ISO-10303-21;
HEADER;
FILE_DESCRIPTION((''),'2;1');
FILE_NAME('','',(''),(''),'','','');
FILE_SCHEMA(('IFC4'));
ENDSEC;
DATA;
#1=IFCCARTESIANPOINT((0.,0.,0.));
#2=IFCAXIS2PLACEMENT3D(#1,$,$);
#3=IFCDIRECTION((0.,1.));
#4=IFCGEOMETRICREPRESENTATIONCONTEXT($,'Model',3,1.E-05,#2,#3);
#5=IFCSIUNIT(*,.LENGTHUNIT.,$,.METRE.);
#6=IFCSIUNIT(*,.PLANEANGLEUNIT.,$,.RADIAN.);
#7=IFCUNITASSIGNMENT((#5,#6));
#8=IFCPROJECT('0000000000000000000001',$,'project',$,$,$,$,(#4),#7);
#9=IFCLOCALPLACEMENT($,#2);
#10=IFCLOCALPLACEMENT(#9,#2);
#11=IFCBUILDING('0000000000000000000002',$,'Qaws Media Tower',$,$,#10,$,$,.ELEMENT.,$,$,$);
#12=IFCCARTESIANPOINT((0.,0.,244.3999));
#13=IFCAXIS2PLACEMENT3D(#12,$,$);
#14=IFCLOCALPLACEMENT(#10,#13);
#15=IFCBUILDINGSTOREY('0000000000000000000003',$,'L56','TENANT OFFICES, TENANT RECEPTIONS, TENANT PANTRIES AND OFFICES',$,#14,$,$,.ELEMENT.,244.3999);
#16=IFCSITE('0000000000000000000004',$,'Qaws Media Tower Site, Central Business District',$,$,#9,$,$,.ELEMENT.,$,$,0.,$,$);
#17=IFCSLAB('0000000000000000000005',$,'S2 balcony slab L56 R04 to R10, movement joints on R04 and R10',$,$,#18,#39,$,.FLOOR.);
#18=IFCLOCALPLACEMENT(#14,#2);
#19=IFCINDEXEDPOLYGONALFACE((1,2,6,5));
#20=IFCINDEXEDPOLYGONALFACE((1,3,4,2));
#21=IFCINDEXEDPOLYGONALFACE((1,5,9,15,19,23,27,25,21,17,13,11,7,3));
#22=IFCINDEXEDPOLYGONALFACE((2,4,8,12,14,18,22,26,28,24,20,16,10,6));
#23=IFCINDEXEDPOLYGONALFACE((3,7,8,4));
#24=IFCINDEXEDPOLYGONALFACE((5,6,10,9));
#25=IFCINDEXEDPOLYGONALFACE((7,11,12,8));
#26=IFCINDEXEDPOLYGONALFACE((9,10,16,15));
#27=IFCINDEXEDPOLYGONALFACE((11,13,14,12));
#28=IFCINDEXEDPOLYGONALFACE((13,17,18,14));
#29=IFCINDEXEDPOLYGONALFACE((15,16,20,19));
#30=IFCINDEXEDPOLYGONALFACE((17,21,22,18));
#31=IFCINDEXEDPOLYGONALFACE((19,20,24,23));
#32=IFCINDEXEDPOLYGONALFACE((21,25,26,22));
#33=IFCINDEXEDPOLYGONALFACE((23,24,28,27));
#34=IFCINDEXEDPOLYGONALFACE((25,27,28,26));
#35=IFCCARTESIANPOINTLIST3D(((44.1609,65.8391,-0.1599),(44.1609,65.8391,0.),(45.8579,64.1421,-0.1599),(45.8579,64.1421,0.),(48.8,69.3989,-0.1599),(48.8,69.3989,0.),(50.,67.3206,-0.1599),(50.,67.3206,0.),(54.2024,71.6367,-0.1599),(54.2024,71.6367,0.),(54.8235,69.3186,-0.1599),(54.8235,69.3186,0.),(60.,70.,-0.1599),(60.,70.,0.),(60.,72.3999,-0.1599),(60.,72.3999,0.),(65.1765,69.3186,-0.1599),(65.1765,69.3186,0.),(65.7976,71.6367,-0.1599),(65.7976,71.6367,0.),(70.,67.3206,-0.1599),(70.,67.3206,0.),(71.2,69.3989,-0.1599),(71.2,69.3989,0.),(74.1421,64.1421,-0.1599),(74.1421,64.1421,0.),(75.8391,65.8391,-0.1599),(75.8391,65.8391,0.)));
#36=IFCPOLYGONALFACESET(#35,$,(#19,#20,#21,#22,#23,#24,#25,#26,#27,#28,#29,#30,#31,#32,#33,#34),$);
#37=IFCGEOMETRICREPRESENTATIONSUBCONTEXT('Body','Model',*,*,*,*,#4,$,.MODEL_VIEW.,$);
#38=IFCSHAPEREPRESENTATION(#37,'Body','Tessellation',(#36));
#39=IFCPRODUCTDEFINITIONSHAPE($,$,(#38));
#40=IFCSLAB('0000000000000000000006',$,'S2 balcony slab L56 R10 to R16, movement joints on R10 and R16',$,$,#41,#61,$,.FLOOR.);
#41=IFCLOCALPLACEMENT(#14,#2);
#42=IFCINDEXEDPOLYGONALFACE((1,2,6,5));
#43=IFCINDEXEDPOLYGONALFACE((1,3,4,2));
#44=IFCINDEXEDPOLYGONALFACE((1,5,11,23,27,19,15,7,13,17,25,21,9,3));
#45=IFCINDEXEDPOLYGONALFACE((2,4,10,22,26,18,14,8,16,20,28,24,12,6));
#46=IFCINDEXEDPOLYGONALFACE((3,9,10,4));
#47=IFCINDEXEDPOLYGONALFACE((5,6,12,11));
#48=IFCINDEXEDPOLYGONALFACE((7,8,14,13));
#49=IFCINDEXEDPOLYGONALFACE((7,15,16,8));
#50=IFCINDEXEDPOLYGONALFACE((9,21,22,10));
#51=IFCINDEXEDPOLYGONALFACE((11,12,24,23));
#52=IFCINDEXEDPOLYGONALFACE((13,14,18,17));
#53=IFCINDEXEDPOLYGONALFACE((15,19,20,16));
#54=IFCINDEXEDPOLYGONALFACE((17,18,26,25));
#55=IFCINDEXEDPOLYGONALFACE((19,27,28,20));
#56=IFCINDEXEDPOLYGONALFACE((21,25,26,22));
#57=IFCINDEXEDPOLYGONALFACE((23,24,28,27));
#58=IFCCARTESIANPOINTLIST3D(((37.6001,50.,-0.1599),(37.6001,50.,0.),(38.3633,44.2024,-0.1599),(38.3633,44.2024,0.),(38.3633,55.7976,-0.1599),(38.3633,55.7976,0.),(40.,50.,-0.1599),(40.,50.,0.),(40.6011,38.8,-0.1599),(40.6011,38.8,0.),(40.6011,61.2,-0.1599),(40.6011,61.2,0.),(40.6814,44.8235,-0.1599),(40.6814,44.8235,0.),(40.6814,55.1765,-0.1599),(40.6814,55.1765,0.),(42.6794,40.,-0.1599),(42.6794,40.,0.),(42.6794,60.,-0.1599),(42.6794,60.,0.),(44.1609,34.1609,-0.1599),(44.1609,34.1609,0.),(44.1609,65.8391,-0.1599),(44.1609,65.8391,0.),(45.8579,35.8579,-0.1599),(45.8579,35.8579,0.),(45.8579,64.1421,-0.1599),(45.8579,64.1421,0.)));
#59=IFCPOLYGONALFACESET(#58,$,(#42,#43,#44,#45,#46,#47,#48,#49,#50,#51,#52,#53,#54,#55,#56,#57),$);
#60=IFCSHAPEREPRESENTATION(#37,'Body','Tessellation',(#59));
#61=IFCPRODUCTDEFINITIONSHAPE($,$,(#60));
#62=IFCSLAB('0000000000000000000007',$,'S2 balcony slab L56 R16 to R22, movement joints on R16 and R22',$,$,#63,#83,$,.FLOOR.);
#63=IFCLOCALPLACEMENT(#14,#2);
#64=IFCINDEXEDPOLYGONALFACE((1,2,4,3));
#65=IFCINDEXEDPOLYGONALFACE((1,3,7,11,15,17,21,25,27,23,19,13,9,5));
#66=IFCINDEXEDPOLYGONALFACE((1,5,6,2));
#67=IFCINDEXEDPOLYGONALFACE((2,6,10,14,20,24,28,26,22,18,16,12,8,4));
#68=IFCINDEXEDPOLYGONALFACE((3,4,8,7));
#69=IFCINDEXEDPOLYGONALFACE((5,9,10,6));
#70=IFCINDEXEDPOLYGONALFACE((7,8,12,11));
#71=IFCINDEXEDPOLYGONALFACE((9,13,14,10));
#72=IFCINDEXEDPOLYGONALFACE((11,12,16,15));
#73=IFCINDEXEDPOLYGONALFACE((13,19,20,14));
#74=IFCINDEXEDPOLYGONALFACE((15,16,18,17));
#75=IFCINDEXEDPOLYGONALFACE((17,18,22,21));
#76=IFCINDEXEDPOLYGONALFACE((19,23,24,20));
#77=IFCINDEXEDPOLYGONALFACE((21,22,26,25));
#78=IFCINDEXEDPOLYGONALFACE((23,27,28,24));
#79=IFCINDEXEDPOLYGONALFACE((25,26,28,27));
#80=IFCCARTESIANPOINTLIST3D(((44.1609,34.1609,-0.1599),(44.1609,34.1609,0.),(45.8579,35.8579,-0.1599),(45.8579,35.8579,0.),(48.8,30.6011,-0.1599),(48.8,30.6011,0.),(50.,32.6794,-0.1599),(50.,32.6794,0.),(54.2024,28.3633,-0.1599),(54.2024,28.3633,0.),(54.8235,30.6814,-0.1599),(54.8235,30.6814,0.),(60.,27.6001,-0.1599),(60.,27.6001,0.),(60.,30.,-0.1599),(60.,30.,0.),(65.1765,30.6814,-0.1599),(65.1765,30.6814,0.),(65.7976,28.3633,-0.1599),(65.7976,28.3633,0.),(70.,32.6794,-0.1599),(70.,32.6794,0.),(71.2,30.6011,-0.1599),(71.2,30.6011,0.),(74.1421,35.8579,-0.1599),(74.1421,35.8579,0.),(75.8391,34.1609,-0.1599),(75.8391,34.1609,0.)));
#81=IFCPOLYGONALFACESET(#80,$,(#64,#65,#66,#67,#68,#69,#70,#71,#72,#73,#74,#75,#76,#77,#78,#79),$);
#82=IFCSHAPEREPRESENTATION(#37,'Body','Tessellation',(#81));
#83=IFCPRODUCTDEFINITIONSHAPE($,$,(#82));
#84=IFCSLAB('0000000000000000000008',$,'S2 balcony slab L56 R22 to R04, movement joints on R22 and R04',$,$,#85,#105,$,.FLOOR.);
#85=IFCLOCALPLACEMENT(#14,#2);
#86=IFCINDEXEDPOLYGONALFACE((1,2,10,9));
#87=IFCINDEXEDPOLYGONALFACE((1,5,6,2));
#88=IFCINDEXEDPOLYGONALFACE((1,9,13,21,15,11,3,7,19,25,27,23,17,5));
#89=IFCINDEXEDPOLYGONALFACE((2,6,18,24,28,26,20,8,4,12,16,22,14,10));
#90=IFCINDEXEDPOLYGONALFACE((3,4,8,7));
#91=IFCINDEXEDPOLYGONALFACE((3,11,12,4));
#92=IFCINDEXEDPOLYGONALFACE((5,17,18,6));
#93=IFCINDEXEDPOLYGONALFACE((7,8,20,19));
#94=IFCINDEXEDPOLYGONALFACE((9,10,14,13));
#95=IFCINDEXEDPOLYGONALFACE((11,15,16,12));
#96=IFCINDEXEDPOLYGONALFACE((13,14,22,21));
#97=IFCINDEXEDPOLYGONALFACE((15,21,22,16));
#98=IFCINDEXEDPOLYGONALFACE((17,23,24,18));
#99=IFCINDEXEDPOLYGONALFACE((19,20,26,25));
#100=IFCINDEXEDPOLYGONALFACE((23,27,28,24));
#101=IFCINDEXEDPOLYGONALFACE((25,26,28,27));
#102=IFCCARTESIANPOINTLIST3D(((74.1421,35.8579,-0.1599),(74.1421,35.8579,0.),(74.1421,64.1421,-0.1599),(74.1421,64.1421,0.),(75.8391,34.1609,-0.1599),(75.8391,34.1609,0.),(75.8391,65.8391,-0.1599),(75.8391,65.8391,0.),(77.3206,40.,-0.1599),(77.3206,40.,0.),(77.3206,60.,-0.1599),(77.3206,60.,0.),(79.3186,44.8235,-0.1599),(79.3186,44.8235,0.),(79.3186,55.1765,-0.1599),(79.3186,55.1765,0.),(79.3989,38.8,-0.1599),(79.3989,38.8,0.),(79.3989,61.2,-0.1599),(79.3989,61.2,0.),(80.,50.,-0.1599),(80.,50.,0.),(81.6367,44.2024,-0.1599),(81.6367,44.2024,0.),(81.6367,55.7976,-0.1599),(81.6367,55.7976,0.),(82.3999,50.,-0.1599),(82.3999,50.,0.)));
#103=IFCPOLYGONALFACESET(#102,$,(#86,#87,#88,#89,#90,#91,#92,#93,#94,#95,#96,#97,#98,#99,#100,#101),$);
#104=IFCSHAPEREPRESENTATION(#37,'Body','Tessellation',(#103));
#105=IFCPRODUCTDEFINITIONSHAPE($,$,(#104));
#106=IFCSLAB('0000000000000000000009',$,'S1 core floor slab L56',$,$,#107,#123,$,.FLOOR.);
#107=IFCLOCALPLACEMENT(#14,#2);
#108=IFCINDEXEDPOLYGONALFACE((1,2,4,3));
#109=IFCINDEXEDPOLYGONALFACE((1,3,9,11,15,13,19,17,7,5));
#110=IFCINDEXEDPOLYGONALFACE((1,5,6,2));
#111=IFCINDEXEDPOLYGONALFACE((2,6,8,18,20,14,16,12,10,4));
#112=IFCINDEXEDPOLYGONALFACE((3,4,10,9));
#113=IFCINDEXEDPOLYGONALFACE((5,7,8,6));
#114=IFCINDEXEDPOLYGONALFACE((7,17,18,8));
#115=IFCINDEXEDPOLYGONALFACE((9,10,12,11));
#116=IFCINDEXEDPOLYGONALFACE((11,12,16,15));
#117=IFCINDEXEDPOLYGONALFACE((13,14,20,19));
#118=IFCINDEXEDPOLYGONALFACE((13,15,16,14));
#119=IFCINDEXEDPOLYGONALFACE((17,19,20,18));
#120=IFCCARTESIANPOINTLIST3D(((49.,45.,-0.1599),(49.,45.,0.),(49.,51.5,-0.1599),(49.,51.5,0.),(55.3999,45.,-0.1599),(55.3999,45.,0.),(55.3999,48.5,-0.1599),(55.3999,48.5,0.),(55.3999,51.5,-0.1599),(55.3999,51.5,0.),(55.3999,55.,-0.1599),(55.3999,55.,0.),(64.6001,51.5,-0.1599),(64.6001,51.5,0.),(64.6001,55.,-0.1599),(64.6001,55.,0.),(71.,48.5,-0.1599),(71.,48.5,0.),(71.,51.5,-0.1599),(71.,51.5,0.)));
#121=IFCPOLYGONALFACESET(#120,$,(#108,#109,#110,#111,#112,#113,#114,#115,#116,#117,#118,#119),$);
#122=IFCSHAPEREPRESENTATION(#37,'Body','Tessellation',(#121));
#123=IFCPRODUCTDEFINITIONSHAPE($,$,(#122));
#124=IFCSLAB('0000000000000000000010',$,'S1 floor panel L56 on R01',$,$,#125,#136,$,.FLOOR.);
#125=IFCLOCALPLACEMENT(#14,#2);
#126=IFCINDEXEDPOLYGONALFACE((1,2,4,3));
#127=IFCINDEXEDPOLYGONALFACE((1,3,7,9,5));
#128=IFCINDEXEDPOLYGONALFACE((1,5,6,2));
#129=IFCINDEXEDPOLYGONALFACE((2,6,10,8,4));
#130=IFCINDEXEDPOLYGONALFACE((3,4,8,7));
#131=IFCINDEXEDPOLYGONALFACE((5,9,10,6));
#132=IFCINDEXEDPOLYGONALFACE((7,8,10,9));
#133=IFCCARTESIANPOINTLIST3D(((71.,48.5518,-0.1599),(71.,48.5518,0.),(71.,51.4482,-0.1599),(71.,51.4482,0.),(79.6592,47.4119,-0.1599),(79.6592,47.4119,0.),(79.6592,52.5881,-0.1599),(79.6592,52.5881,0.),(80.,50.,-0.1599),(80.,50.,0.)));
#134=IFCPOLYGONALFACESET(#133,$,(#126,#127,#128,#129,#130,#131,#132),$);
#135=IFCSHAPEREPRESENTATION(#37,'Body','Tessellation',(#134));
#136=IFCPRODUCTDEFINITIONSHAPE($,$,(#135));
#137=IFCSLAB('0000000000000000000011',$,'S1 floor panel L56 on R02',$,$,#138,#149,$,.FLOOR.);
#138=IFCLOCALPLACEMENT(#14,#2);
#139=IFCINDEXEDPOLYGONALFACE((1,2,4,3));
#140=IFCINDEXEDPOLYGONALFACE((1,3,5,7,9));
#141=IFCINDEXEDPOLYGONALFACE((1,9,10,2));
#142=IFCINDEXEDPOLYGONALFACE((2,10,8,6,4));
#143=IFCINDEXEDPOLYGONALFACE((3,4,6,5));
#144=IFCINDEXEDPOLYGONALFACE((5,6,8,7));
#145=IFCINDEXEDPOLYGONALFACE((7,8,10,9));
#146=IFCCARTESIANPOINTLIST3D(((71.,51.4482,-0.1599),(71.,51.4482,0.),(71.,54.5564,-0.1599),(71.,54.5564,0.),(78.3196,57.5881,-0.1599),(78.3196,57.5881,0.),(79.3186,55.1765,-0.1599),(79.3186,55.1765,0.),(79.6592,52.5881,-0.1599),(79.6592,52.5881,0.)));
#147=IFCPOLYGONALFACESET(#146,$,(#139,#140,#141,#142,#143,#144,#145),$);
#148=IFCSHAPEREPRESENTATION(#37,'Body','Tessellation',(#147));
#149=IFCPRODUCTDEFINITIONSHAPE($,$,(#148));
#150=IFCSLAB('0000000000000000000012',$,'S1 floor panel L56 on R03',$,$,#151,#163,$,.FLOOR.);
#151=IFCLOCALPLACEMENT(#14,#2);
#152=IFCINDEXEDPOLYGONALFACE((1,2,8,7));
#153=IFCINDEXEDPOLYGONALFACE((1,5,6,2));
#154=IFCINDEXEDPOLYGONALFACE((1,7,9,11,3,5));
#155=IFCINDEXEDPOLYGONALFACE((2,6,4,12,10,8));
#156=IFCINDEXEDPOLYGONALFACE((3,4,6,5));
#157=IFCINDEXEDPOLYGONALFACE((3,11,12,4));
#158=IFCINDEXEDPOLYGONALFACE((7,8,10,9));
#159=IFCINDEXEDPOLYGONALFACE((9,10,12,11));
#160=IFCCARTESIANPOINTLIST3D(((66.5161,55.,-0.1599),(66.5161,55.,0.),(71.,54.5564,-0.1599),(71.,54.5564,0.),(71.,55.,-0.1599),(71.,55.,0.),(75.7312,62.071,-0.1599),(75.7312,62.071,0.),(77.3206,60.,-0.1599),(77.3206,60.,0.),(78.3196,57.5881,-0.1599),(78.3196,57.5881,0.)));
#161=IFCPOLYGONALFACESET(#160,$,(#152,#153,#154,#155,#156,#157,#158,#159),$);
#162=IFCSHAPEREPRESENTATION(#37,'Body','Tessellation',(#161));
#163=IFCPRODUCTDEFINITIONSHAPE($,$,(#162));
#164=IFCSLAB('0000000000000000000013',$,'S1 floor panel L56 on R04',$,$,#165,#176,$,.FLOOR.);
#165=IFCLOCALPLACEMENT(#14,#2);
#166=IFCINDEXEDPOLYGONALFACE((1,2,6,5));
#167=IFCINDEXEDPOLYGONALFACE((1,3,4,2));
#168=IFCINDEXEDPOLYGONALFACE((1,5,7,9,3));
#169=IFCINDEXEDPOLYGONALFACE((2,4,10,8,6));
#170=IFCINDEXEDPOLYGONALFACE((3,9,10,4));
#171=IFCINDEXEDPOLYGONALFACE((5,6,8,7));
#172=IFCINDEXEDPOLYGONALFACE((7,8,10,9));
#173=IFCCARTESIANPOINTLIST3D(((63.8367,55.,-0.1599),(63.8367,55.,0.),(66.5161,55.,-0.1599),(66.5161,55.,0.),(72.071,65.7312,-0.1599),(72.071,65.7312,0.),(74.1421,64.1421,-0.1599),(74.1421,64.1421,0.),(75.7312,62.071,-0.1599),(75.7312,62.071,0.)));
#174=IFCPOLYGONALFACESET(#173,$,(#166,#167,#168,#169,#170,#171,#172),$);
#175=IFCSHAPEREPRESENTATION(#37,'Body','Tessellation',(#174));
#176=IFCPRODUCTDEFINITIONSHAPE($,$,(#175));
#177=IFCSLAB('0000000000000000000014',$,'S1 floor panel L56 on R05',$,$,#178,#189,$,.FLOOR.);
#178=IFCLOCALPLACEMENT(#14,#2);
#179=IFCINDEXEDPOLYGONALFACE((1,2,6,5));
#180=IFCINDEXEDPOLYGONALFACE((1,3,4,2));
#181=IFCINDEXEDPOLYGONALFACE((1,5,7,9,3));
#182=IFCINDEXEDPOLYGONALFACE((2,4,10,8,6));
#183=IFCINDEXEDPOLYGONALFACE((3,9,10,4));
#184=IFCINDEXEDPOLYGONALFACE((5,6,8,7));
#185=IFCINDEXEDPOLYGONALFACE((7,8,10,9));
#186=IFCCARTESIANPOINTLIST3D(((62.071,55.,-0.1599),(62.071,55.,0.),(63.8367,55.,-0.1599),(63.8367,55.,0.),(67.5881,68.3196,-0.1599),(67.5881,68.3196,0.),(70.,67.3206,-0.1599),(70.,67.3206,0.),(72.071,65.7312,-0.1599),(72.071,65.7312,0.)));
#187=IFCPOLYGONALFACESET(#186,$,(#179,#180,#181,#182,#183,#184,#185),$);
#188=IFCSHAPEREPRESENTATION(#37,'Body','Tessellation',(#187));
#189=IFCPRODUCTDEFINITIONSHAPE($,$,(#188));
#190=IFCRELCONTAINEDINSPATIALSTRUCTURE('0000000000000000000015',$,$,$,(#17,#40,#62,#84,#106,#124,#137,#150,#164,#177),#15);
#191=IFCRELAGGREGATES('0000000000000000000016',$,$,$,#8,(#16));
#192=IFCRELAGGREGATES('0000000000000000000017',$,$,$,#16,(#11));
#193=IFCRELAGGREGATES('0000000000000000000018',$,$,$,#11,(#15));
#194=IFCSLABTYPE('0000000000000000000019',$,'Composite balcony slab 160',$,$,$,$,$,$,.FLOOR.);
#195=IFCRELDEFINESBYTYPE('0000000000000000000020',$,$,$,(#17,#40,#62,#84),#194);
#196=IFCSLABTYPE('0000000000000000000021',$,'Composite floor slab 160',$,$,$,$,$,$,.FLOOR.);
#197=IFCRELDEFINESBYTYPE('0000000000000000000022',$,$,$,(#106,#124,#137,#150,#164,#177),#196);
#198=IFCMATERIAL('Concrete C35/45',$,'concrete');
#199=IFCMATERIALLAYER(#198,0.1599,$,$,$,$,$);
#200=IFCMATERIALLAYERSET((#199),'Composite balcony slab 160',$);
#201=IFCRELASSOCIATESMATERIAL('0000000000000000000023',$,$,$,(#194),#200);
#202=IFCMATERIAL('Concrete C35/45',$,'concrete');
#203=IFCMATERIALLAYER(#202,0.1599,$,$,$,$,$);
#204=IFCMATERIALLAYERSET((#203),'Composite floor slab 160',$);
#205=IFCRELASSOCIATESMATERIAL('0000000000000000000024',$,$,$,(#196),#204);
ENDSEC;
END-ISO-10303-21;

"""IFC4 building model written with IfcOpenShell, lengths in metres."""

from ifc_helpers import new_model, si_unit, direction, frame, origin, place, context, subcontext, project, spatial, polyline, outline, extrude, material, layer, layer_set, type_object, element, save


model = new_model("IFC4")

# Units and contexts
model_context = context("Model", 3, precision=1e-05, world=origin(), true_north=direction((0.0, 1.0)))
body_context = subcontext(model_context, "Body", "Model", "MODEL_VIEW")
ifc_project = project(units=[si_unit("LENGTHUNIT", "METRE"), si_unit("PLANEANGLEUNIT", "RADIAN")], contexts=[model_context])

# Site, building, storey
site_placement = place(None, origin())
site = spatial("IfcSite", under=ifc_project, at=site_placement, Name="Qaws Media Tower Site, Central Business District", CompositionType="ELEMENT", RefElevation=0.0)
building_placement = place(site_placement, origin())
building = spatial("IfcBuilding", under=site, at=building_placement, Name="Qaws Media Tower", CompositionType="ELEMENT")
storey_placement = place(building_placement, frame((0.0, 0.0, 244.3999)))
storey = spatial("IfcBuildingStorey", under=building, at=storey_placement, Name="L56", Description="TENANT OFFICES, TENANT RECEPTIONS, TENANT PANTRIES AND OFFICES", CompositionType="ELEMENT", Elevation=244.3999)

# Slabs
ifc_material_1 = material(Name="Concrete C35/45", Category="concrete")
ifc_layer_1 = layer(ifc_material_1, 0.1599)
ifc_layer_set_1 = layer_set([ifc_layer_1], Name="Composite balcony slab 160")
slab_type_1 = type_object("IfcSlabType", Name="Composite balcony slab 160", PredefinedType="FLOOR", material=ifc_layer_set_1)
slab_1_placement = place(storey_placement, frame((0.0, 0.0, -0.1599)))
element("IfcSlab", 1, at=slab_1_placement, inside=storey, type_object=slab_type_1, Name="S2 balcony slab L56 R04 to R10, movement joints on R04 and R10", PredefinedType="FLOOR", context=body_context, shape_type="SweptSolid", body=[
    extrude(outline(polyline([(48.8, 69.3989), (54.2024, 71.6367), (60.0, 72.3999), (65.7976, 71.6367), (71.2, 69.3989), (75.8391, 65.8391), (74.1421, 64.1421), (70.0, 67.3206), (65.1765, 69.3186), (60.0, 70.0), (54.8235, 69.3186), (50.0, 67.3206), (45.8579, 64.1421), (44.1609, 65.8391), (48.8, 69.3989)])), origin(), (0.0, 0.0, 1.0), 0.1599),
])
slab_2_placement = place(storey_placement, frame((0.0, 0.0, -0.1599)))
element("IfcSlab", 2, at=slab_2_placement, inside=storey, type_object=slab_type_1, Name="S2 balcony slab L56 R10 to R16, movement joints on R10 and R16", PredefinedType="FLOOR", context=body_context, shape_type="SweptSolid", body=[
    extrude(outline(polyline([(40.6011, 38.8), (38.3633, 44.2024), (37.6001, 50.0), (38.3633, 55.7976), (40.6011, 61.2), (44.1609, 65.8391), (45.8579, 64.1421), (42.6794, 60.0), (40.6814, 55.1765), (40.0, 50.0), (40.6814, 44.8235), (42.6794, 40.0), (45.8579, 35.8579), (44.1609, 34.1609), (40.6011, 38.8)])), origin(), (0.0, 0.0, 1.0), 0.1599),
])
slab_3_placement = place(storey_placement, frame((0.0, 0.0, -0.1599)))
element("IfcSlab", 3, at=slab_3_placement, inside=storey, type_object=slab_type_1, Name="S2 balcony slab L56 R16 to R22, movement joints on R16 and R22", PredefinedType="FLOOR", context=body_context, shape_type="SweptSolid", body=[
    extrude(outline(polyline([(71.2, 30.6011), (65.7976, 28.3633), (60.0, 27.6001), (54.2024, 28.3633), (48.8, 30.6011), (44.1609, 34.1609), (45.8579, 35.8579), (50.0, 32.6794), (54.8235, 30.6814), (60.0, 30.0), (65.1765, 30.6814), (70.0, 32.6794), (74.1421, 35.8579), (75.8391, 34.1609), (71.2, 30.6011)])), origin(), (0.0, 0.0, 1.0), 0.1599),
])
slab_4_placement = place(storey_placement, frame((0.0, 0.0, -0.1599)))
element("IfcSlab", 4, at=slab_4_placement, inside=storey, type_object=slab_type_1, Name="S2 balcony slab L56 R22 to R04, movement joints on R22 and R04", PredefinedType="FLOOR", context=body_context, shape_type="SweptSolid", body=[
    extrude(outline(polyline([(79.3989, 38.8), (75.8391, 34.1609), (74.1421, 35.8579), (77.3206, 40.0), (79.3186, 44.8235), (80.0, 50.0), (79.3186, 55.1765), (77.3206, 60.0), (74.1421, 64.1421), (75.8391, 65.8391), (79.3989, 61.2), (81.6367, 55.7976), (82.3999, 50.0), (81.6367, 44.2024), (79.3989, 38.8)])), origin(), (0.0, 0.0, 1.0), 0.1599),
])
ifc_material_2 = material(Name="Concrete C35/45", Category="concrete")
ifc_layer_2 = layer(ifc_material_2, 0.1599)
ifc_layer_set_2 = layer_set([ifc_layer_2], Name="Composite floor slab 160")
slab_type_2 = type_object("IfcSlabType", Name="Composite floor slab 160", PredefinedType="FLOOR", material=ifc_layer_set_2)
slab_5_placement = place(storey_placement, frame((0.0, 0.0, -0.1599)))
element("IfcSlab", 5, at=slab_5_placement, inside=storey, type_object=slab_type_2, Name="S1 core floor slab L56", PredefinedType="FLOOR", context=body_context, shape_type="SweptSolid", body=[
    extrude(outline(polyline([(71.0, 51.5), (71.0, 48.5), (55.3999, 48.5), (55.3999, 45.0), (49.0, 45.0), (49.0, 51.5), (55.3999, 51.5), (55.3999, 55.0), (64.6001, 55.0), (64.6001, 51.5), (71.0, 51.5)])), origin(), (0.0, 0.0, 1.0), 0.1599),
])
slab_6_placement = place(storey_placement, frame((0.0, 0.0, -0.1599)))
element("IfcSlab", 6, at=slab_6_placement, inside=storey, type_object=slab_type_2, Name="S1 floor panel L56 on R01", PredefinedType="FLOOR", context=body_context, shape_type="SweptSolid", body=[
    extrude(outline(polyline([(80.0, 50.0), (79.6592, 47.4119), (71.0, 48.5518), (71.0, 51.4482), (79.6592, 52.5881), (80.0, 50.0)])), origin(), (0.0, 0.0, 1.0), 0.1599),
])
slab_7_placement = place(storey_placement, frame((0.0, 0.0, -0.1599)))
element("IfcSlab", 7, at=slab_7_placement, inside=storey, type_object=slab_type_2, Name="S1 floor panel L56 on R02", PredefinedType="FLOOR", context=body_context, shape_type="SweptSolid", body=[
    extrude(outline(polyline([(79.3186, 55.1765), (79.6592, 52.5881), (71.0, 51.4482), (71.0, 54.5564), (78.3196, 57.5881), (79.3186, 55.1765)])), origin(), (0.0, 0.0, 1.0), 0.1599),
])
slab_8_placement = place(storey_placement, frame((0.0, 0.0, -0.1599)))
element("IfcSlab", 8, at=slab_8_placement, inside=storey, type_object=slab_type_2, Name="S1 floor panel L56 on R03", PredefinedType="FLOOR", context=body_context, shape_type="SweptSolid", body=[
    extrude(outline(polyline([(77.3206, 60.0), (78.3196, 57.5881), (71.0, 54.5564), (71.0, 55.0), (66.5161, 55.0), (75.7312, 62.071), (77.3206, 60.0)])), origin(), (0.0, 0.0, 1.0), 0.1599),
])
slab_9_placement = place(storey_placement, frame((0.0, 0.0, -0.1599)))
element("IfcSlab", 9, at=slab_9_placement, inside=storey, type_object=slab_type_2, Name="S1 floor panel L56 on R04", PredefinedType="FLOOR", context=body_context, shape_type="SweptSolid", body=[
    extrude(outline(polyline([(74.1421, 64.1421), (75.7312, 62.071), (66.5161, 55.0), (63.8367, 55.0), (72.071, 65.7312), (74.1421, 64.1421)])), origin(), (0.0, 0.0, 1.0), 0.1599),
])
slab_10_placement = place(storey_placement, frame((0.0, 0.0, -0.1599)))
element("IfcSlab", 10, at=slab_10_placement, inside=storey, type_object=slab_type_2, Name="S1 floor panel L56 on R05", PredefinedType="FLOOR", context=body_context, shape_type="SweptSolid", body=[
    extrude(outline(polyline([(70.0, 67.3206), (72.071, 65.7312), (63.8367, 55.0), (62.071, 55.0), (67.5881, 68.3196), (70.0, 67.3206)])), origin(), (0.0, 0.0, 1.0), 0.1599),
])

save(model, "model.ifc")
